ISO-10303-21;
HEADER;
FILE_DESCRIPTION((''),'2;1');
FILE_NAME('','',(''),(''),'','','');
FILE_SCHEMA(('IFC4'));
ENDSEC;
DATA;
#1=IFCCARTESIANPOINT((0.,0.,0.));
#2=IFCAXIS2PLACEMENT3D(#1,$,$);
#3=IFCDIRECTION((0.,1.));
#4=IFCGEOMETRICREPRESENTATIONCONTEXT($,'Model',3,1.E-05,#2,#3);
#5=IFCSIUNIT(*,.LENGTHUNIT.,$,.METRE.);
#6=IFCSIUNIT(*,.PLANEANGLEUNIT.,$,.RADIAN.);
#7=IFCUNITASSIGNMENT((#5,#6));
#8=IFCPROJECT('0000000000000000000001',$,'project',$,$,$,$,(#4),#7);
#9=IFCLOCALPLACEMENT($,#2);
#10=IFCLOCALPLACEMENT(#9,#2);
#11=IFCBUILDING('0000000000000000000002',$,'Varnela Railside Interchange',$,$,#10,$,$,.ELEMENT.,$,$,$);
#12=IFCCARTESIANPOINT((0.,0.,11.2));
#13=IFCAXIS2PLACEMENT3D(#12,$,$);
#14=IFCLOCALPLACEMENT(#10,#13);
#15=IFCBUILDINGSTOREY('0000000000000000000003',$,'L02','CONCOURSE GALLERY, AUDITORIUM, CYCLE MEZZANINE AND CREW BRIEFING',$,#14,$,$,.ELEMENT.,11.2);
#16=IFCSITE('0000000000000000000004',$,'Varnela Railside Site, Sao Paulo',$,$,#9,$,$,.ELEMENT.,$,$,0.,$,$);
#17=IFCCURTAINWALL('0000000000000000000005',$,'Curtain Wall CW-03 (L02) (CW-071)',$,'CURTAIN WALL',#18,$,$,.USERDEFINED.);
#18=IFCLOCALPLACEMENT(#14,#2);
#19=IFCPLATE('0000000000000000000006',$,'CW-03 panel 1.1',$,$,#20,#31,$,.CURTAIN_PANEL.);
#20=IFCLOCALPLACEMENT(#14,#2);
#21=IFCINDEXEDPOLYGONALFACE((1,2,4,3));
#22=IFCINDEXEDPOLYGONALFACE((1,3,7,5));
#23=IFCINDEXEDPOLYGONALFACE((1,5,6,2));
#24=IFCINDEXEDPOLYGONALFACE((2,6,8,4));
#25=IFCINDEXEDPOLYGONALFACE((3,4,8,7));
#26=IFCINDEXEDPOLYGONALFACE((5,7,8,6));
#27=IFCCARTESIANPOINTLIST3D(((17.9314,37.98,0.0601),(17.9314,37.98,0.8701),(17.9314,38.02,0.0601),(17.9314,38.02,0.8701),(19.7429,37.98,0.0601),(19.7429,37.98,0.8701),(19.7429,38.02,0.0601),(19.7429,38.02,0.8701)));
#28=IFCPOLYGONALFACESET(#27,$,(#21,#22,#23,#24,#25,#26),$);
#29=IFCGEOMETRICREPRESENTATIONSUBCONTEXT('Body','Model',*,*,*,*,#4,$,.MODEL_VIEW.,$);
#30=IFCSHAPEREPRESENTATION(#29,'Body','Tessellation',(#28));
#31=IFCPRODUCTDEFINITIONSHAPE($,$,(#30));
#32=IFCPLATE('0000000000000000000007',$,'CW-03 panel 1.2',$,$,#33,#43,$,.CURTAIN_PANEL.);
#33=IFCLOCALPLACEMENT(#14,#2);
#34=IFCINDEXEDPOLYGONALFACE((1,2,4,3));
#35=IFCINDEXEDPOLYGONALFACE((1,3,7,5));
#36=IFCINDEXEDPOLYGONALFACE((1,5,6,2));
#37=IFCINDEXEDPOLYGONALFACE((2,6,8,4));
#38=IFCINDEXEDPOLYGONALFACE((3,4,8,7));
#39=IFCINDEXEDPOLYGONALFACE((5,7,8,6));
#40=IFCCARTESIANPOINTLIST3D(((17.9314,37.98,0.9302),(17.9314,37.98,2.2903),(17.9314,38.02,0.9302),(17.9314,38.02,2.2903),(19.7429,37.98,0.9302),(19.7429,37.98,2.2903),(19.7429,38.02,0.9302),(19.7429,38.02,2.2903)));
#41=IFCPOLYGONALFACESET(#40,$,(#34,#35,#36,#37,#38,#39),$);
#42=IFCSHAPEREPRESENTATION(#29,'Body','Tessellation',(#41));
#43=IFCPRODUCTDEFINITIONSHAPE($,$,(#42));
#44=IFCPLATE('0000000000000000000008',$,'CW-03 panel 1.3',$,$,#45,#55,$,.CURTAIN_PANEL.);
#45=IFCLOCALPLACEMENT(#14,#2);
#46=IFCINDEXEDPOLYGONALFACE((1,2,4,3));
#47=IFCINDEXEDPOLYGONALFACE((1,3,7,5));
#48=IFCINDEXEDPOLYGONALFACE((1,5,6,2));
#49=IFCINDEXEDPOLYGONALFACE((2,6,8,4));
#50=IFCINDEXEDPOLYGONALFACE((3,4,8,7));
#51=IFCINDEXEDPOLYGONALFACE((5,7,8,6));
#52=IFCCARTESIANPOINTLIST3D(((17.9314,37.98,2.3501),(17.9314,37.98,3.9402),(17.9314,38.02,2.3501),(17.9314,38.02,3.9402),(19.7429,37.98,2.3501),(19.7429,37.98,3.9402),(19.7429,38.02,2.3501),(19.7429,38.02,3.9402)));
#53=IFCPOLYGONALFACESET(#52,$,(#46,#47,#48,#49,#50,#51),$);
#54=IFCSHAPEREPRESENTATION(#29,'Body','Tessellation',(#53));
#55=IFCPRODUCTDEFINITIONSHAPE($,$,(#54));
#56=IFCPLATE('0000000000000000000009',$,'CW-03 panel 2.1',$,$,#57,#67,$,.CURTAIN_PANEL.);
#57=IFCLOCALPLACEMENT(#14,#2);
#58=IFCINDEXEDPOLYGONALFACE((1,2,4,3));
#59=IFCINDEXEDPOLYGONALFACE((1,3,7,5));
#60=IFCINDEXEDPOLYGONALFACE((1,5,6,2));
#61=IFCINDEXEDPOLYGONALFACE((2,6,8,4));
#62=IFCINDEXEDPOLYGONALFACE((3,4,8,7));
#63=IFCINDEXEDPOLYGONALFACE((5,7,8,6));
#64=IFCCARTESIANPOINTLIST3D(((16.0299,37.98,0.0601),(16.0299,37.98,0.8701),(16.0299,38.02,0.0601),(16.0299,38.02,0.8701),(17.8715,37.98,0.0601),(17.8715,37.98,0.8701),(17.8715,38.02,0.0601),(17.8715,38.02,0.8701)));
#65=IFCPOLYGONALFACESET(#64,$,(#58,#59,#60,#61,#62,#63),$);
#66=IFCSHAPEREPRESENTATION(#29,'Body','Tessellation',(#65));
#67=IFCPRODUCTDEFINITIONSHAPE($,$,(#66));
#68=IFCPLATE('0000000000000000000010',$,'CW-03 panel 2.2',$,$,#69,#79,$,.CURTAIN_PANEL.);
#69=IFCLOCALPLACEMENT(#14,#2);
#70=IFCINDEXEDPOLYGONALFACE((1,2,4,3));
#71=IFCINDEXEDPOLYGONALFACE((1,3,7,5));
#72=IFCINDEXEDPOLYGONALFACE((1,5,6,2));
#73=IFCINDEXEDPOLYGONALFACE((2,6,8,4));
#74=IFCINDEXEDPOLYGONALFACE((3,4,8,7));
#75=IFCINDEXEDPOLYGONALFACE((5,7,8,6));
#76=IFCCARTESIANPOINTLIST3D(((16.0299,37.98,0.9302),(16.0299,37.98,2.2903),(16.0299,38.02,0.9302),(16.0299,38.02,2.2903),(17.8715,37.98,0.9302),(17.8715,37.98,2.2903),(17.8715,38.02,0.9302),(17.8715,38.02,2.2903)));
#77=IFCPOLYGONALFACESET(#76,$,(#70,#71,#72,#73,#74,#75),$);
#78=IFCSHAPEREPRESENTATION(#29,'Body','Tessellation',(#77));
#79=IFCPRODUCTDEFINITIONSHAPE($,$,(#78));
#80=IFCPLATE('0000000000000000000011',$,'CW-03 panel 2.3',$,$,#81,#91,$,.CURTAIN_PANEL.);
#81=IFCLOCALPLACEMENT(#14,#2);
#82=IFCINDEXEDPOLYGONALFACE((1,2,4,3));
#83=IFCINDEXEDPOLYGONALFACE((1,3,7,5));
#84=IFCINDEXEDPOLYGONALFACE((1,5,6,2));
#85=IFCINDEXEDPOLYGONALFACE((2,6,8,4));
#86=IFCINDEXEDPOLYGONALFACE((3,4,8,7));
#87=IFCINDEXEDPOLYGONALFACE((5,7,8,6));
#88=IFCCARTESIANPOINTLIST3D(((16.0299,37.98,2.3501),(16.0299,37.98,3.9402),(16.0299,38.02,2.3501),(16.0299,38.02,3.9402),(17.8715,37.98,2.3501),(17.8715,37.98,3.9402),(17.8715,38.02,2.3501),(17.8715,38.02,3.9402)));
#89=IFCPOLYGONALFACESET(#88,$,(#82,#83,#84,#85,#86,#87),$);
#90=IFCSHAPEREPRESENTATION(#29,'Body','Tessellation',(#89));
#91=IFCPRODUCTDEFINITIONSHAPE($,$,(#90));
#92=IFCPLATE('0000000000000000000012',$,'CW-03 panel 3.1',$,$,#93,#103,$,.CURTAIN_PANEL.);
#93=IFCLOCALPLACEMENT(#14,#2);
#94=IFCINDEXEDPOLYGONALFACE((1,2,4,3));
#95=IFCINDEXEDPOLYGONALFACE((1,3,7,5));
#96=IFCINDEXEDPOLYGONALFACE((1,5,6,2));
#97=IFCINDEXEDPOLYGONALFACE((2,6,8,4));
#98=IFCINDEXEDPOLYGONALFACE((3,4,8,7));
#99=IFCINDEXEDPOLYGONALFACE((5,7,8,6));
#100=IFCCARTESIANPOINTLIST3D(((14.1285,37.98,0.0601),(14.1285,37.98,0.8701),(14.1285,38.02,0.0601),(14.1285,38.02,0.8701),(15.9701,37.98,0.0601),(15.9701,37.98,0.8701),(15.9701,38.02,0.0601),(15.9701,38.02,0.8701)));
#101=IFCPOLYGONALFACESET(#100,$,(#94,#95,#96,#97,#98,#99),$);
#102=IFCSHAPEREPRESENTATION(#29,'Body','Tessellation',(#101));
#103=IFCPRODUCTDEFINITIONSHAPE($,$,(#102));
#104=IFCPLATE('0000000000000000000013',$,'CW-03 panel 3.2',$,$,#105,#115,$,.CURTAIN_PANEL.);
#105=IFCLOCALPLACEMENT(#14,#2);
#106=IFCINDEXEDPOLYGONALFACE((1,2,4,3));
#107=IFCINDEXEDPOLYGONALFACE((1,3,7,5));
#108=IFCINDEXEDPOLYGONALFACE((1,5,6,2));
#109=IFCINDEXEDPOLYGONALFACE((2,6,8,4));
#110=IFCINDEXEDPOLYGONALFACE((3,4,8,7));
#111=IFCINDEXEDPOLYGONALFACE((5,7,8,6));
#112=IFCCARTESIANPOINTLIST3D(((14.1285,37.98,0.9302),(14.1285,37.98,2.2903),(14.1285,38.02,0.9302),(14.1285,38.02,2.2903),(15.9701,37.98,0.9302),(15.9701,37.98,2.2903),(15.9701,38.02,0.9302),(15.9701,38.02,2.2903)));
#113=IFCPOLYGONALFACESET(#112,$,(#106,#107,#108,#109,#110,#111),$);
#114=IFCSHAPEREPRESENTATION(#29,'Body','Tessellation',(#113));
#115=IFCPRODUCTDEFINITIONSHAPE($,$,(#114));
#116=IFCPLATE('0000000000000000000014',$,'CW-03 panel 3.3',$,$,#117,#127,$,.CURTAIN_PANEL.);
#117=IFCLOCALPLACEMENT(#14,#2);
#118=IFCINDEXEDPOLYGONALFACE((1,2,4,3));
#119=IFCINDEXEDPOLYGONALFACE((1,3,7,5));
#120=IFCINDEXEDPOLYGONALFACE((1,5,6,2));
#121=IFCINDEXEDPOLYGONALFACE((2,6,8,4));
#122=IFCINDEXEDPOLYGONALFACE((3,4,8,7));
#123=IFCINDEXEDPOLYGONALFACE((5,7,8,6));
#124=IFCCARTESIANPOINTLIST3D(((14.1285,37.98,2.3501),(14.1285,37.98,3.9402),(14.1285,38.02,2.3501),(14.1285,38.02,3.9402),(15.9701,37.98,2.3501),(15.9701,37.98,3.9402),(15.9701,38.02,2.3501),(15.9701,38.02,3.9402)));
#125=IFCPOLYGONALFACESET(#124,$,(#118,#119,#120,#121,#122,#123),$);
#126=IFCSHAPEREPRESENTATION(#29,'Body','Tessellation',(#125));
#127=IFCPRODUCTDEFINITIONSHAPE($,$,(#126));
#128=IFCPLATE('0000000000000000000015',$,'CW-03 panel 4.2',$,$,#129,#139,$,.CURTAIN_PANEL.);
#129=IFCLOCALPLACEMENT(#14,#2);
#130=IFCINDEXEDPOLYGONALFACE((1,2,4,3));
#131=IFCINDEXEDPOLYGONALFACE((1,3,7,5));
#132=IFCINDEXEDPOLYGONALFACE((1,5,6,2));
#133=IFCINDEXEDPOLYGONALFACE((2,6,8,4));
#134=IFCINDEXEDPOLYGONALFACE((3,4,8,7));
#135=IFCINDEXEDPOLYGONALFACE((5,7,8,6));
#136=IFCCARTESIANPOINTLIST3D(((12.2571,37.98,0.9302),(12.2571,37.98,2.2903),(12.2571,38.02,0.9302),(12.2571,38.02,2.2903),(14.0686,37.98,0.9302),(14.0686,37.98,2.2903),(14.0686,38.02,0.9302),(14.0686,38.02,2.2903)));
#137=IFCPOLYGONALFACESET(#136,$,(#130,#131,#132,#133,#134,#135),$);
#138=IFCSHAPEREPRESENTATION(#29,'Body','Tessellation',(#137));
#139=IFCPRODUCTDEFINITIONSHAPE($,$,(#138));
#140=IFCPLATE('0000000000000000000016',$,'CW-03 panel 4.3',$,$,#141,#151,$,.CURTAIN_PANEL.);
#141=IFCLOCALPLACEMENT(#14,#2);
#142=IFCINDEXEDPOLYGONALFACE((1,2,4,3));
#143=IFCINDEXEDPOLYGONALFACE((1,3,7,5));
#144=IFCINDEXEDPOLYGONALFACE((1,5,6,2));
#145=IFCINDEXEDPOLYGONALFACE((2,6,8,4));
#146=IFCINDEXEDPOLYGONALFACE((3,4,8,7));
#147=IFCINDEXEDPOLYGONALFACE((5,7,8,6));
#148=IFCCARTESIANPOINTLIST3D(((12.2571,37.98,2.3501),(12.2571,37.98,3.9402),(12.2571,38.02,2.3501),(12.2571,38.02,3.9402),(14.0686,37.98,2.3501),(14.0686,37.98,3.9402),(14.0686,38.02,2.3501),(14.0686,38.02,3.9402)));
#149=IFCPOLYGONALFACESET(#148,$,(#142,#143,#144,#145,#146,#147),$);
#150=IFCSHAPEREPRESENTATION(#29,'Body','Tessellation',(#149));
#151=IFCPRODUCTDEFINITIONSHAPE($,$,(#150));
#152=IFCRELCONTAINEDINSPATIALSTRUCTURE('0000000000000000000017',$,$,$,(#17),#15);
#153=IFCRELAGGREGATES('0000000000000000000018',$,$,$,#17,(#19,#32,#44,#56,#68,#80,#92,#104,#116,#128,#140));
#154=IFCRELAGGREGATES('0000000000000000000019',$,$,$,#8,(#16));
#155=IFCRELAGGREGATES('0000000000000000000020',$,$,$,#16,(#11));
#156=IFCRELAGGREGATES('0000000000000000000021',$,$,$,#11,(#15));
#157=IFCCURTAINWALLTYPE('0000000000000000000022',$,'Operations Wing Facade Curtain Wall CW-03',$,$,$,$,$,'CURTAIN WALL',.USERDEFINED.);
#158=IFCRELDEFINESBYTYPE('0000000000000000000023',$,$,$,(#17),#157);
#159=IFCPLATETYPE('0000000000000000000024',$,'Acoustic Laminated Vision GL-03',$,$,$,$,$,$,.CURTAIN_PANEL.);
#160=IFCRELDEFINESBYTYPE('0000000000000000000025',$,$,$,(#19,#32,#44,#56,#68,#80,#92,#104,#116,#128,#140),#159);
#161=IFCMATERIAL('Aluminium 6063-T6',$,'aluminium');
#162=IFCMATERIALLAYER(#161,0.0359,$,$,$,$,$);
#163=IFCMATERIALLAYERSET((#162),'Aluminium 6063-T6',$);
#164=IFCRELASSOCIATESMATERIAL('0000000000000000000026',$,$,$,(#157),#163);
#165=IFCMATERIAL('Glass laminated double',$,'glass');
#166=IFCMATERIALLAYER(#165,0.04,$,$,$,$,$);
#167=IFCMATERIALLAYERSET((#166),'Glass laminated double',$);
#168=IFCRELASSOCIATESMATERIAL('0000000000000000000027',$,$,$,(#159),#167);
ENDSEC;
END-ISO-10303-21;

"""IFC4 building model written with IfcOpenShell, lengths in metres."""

from ifc_helpers import new_model, si_unit, direction, frame, origin, origin_2d, place, context, subcontext, project, spatial, rectangle, extrude, material, layer, layer_set, type_object, element, aggregate, save


model = new_model("IFC4")

# Units and contexts
model_context = context("Model", 3, precision=1e-05, world=origin(), true_north=direction((0.0, 1.0)))
body_context = subcontext(model_context, "Body", "Model", "MODEL_VIEW")
ifc_project = project(units=[si_unit("LENGTHUNIT", "METRE"), si_unit("PLANEANGLEUNIT", "RADIAN")], contexts=[model_context])

# Site, building, storey
site_placement = place(None, origin())
site = spatial("IfcSite", under=ifc_project, at=site_placement, Name="Varnela Railside Site, Sao Paulo", CompositionType="ELEMENT", RefElevation=0.0)
building_placement = place(site_placement, origin())
building = spatial("IfcBuilding", under=site, at=building_placement, Name="Varnela Railside Interchange", CompositionType="ELEMENT")
storey_placement = place(building_placement, frame((0.0, 0.0, 11.2)))
storey = spatial("IfcBuildingStorey", under=building, at=storey_placement, Name="L02", Description="CONCOURSE GALLERY, AUDITORIUM, CYCLE MEZZANINE AND CREW BRIEFING", CompositionType="ELEMENT", Elevation=11.2)

# Curtain wall, plates
ifc_material_1 = material(Name="Aluminium 6063-T6", Category="aluminium")
ifc_layer_1 = layer(ifc_material_1, 0.0359)
ifc_layer_set_1 = layer_set([ifc_layer_1], Name="Aluminium 6063-T6")
curtain_wall_type = type_object("IfcCurtainWallType", Name="Operations Wing Facade Curtain Wall CW-03", ElementType="CURTAIN WALL", PredefinedType="USERDEFINED", material=ifc_layer_set_1)
curtain_wall_placement = place(storey_placement, origin())
curtain_wall = element("IfcCurtainWall", 1, at=curtain_wall_placement, inside=storey, type_object=curtain_wall_type, Name="Curtain Wall CW-03 (L02) (CW-071)", ObjectType="CURTAIN WALL", PredefinedType="USERDEFINED")
ifc_material_2 = material(Name="Glass laminated double", Category="glass")
ifc_layer_2 = layer(ifc_material_2, 0.04)
ifc_layer_set_2 = layer_set([ifc_layer_2], Name="Glass laminated double")
plate_type = type_object("IfcPlateType", Name="Acoustic Laminated Vision GL-03", PredefinedType="CURTAIN_PANEL", material=ifc_layer_set_2)
plate_1_placement = place(storey_placement, frame((18.8372, 38.0, 0.0601), z_axis=(0.0, 0.0, 1.0), x_axis=(-1.0, 0.0, 0.0)))
plate_1 = element("IfcPlate", 2, at=plate_1_placement, type_object=plate_type, Name="CW-03 panel 1.1", PredefinedType="CURTAIN_PANEL", context=body_context, shape_type="SweptSolid", body=[
    extrude(rectangle(XDim=1.8115, YDim=0.04, at=origin_2d()), origin(), (0.0, 0.0, 1.0), 0.8101),
])
plate_2_placement = place(storey_placement, frame((18.8372, 38.0, 0.9302), z_axis=(0.0, 0.0, 1.0), x_axis=(-1.0, 0.0, 0.0)))
plate_2 = element("IfcPlate", 3, at=plate_2_placement, type_object=plate_type, Name="CW-03 panel 1.2", PredefinedType="CURTAIN_PANEL", context=body_context, shape_type="SweptSolid", body=[
    extrude(rectangle(XDim=1.8115, YDim=0.04, at=origin_2d()), origin(), (0.0, 0.0, 1.0), 1.3601),
])
plate_3_placement = place(storey_placement, frame((18.8372, 38.0, 2.3501), z_axis=(0.0, 0.0, 1.0), x_axis=(-1.0, 0.0, 0.0)))
plate_3 = element("IfcPlate", 4, at=plate_3_placement, type_object=plate_type, Name="CW-03 panel 1.3", PredefinedType="CURTAIN_PANEL", context=body_context, shape_type="SweptSolid", body=[
    extrude(rectangle(XDim=1.8115, YDim=0.04, at=origin_2d()), origin(), (0.0, 0.0, 1.0), 1.5901),
])
plate_4_placement = place(storey_placement, frame((16.9507, 38.0, 0.0601), z_axis=(0.0, 0.0, 1.0), x_axis=(-1.0, 0.0, 0.0)))
plate_4 = element("IfcPlate", 5, at=plate_4_placement, type_object=plate_type, Name="CW-03 panel 2.1", PredefinedType="CURTAIN_PANEL", context=body_context, shape_type="SweptSolid", body=[
    extrude(rectangle(XDim=1.8416, YDim=0.04, at=origin_2d()), origin(), (0.0, 0.0, 1.0), 0.8101),
])
plate_5_placement = place(storey_placement, frame((16.9507, 38.0, 0.9302), z_axis=(0.0, 0.0, 1.0), x_axis=(-1.0, 0.0, 0.0)))
plate_5 = element("IfcPlate", 6, at=plate_5_placement, type_object=plate_type, Name="CW-03 panel 2.2", PredefinedType="CURTAIN_PANEL", context=body_context, shape_type="SweptSolid", body=[
    extrude(rectangle(XDim=1.8416, YDim=0.04, at=origin_2d()), origin(), (0.0, 0.0, 1.0), 1.3601),
])
plate_6_placement = place(storey_placement, frame((16.9507, 38.0, 2.3501), z_axis=(0.0, 0.0, 1.0), x_axis=(-1.0, 0.0, 0.0)))
plate_6 = element("IfcPlate", 7, at=plate_6_placement, type_object=plate_type, Name="CW-03 panel 2.3", PredefinedType="CURTAIN_PANEL", context=body_context, shape_type="SweptSolid", body=[
    extrude(rectangle(XDim=1.8416, YDim=0.04, at=origin_2d()), origin(), (0.0, 0.0, 1.0), 1.5901),
])
plate_7_placement = place(storey_placement, frame((15.0493, 38.0, 0.0601), z_axis=(0.0, 0.0, 1.0), x_axis=(-1.0, 0.0, 0.0)))
plate_7 = element("IfcPlate", 8, at=plate_7_placement, type_object=plate_type, Name="CW-03 panel 3.1", PredefinedType="CURTAIN_PANEL", context=body_context, shape_type="SweptSolid", body=[
    extrude(rectangle(XDim=1.8416, YDim=0.04, at=origin_2d()), origin(), (0.0, 0.0, 1.0), 0.8101),
])
plate_8_placement = place(storey_placement, frame((15.0493, 38.0, 0.9302), z_axis=(0.0, 0.0, 1.0), x_axis=(-1.0, 0.0, 0.0)))
plate_8 = element("IfcPlate", 9, at=plate_8_placement, type_object=plate_type, Name="CW-03 panel 3.2", PredefinedType="CURTAIN_PANEL", context=body_context, shape_type="SweptSolid", body=[
    extrude(rectangle(XDim=1.8416, YDim=0.04, at=origin_2d()), origin(), (0.0, 0.0, 1.0), 1.3601),
])
plate_9_placement = place(storey_placement, frame((15.0493, 38.0, 2.3501), z_axis=(0.0, 0.0, 1.0), x_axis=(-1.0, 0.0, 0.0)))
plate_9 = element("IfcPlate", 10, at=plate_9_placement, type_object=plate_type, Name="CW-03 panel 3.3", PredefinedType="CURTAIN_PANEL", context=body_context, shape_type="SweptSolid", body=[
    extrude(rectangle(XDim=1.8416, YDim=0.04, at=origin_2d()), origin(), (0.0, 0.0, 1.0), 1.5901),
])
plate_10_placement = place(storey_placement, frame((13.1628, 38.0, 0.9302), z_axis=(0.0, 0.0, 1.0), x_axis=(-1.0, 0.0, 0.0)))
plate_10 = element("IfcPlate", 11, at=plate_10_placement, type_object=plate_type, Name="CW-03 panel 4.2", PredefinedType="CURTAIN_PANEL", context=body_context, shape_type="SweptSolid", body=[
    extrude(rectangle(XDim=1.8115, YDim=0.04, at=origin_2d()), origin(), (0.0, 0.0, 1.0), 1.3601),
])
plate_11_placement = place(storey_placement, frame((13.1628, 38.0, 2.3501), z_axis=(0.0, 0.0, 1.0), x_axis=(-1.0, 0.0, 0.0)))
plate_11 = element("IfcPlate", 12, at=plate_11_placement, type_object=plate_type, Name="CW-03 panel 4.3", PredefinedType="CURTAIN_PANEL", context=body_context, shape_type="SweptSolid", body=[
    extrude(rectangle(XDim=1.8115, YDim=0.04, at=origin_2d()), origin(), (0.0, 0.0, 1.0), 1.5901),
])
aggregate(curtain_wall, [plate_1, plate_2, plate_3, plate_4, plate_5, plate_6, plate_7, plate_8, plate_9, plate_10, plate_11])

save(model, "model.ifc")
